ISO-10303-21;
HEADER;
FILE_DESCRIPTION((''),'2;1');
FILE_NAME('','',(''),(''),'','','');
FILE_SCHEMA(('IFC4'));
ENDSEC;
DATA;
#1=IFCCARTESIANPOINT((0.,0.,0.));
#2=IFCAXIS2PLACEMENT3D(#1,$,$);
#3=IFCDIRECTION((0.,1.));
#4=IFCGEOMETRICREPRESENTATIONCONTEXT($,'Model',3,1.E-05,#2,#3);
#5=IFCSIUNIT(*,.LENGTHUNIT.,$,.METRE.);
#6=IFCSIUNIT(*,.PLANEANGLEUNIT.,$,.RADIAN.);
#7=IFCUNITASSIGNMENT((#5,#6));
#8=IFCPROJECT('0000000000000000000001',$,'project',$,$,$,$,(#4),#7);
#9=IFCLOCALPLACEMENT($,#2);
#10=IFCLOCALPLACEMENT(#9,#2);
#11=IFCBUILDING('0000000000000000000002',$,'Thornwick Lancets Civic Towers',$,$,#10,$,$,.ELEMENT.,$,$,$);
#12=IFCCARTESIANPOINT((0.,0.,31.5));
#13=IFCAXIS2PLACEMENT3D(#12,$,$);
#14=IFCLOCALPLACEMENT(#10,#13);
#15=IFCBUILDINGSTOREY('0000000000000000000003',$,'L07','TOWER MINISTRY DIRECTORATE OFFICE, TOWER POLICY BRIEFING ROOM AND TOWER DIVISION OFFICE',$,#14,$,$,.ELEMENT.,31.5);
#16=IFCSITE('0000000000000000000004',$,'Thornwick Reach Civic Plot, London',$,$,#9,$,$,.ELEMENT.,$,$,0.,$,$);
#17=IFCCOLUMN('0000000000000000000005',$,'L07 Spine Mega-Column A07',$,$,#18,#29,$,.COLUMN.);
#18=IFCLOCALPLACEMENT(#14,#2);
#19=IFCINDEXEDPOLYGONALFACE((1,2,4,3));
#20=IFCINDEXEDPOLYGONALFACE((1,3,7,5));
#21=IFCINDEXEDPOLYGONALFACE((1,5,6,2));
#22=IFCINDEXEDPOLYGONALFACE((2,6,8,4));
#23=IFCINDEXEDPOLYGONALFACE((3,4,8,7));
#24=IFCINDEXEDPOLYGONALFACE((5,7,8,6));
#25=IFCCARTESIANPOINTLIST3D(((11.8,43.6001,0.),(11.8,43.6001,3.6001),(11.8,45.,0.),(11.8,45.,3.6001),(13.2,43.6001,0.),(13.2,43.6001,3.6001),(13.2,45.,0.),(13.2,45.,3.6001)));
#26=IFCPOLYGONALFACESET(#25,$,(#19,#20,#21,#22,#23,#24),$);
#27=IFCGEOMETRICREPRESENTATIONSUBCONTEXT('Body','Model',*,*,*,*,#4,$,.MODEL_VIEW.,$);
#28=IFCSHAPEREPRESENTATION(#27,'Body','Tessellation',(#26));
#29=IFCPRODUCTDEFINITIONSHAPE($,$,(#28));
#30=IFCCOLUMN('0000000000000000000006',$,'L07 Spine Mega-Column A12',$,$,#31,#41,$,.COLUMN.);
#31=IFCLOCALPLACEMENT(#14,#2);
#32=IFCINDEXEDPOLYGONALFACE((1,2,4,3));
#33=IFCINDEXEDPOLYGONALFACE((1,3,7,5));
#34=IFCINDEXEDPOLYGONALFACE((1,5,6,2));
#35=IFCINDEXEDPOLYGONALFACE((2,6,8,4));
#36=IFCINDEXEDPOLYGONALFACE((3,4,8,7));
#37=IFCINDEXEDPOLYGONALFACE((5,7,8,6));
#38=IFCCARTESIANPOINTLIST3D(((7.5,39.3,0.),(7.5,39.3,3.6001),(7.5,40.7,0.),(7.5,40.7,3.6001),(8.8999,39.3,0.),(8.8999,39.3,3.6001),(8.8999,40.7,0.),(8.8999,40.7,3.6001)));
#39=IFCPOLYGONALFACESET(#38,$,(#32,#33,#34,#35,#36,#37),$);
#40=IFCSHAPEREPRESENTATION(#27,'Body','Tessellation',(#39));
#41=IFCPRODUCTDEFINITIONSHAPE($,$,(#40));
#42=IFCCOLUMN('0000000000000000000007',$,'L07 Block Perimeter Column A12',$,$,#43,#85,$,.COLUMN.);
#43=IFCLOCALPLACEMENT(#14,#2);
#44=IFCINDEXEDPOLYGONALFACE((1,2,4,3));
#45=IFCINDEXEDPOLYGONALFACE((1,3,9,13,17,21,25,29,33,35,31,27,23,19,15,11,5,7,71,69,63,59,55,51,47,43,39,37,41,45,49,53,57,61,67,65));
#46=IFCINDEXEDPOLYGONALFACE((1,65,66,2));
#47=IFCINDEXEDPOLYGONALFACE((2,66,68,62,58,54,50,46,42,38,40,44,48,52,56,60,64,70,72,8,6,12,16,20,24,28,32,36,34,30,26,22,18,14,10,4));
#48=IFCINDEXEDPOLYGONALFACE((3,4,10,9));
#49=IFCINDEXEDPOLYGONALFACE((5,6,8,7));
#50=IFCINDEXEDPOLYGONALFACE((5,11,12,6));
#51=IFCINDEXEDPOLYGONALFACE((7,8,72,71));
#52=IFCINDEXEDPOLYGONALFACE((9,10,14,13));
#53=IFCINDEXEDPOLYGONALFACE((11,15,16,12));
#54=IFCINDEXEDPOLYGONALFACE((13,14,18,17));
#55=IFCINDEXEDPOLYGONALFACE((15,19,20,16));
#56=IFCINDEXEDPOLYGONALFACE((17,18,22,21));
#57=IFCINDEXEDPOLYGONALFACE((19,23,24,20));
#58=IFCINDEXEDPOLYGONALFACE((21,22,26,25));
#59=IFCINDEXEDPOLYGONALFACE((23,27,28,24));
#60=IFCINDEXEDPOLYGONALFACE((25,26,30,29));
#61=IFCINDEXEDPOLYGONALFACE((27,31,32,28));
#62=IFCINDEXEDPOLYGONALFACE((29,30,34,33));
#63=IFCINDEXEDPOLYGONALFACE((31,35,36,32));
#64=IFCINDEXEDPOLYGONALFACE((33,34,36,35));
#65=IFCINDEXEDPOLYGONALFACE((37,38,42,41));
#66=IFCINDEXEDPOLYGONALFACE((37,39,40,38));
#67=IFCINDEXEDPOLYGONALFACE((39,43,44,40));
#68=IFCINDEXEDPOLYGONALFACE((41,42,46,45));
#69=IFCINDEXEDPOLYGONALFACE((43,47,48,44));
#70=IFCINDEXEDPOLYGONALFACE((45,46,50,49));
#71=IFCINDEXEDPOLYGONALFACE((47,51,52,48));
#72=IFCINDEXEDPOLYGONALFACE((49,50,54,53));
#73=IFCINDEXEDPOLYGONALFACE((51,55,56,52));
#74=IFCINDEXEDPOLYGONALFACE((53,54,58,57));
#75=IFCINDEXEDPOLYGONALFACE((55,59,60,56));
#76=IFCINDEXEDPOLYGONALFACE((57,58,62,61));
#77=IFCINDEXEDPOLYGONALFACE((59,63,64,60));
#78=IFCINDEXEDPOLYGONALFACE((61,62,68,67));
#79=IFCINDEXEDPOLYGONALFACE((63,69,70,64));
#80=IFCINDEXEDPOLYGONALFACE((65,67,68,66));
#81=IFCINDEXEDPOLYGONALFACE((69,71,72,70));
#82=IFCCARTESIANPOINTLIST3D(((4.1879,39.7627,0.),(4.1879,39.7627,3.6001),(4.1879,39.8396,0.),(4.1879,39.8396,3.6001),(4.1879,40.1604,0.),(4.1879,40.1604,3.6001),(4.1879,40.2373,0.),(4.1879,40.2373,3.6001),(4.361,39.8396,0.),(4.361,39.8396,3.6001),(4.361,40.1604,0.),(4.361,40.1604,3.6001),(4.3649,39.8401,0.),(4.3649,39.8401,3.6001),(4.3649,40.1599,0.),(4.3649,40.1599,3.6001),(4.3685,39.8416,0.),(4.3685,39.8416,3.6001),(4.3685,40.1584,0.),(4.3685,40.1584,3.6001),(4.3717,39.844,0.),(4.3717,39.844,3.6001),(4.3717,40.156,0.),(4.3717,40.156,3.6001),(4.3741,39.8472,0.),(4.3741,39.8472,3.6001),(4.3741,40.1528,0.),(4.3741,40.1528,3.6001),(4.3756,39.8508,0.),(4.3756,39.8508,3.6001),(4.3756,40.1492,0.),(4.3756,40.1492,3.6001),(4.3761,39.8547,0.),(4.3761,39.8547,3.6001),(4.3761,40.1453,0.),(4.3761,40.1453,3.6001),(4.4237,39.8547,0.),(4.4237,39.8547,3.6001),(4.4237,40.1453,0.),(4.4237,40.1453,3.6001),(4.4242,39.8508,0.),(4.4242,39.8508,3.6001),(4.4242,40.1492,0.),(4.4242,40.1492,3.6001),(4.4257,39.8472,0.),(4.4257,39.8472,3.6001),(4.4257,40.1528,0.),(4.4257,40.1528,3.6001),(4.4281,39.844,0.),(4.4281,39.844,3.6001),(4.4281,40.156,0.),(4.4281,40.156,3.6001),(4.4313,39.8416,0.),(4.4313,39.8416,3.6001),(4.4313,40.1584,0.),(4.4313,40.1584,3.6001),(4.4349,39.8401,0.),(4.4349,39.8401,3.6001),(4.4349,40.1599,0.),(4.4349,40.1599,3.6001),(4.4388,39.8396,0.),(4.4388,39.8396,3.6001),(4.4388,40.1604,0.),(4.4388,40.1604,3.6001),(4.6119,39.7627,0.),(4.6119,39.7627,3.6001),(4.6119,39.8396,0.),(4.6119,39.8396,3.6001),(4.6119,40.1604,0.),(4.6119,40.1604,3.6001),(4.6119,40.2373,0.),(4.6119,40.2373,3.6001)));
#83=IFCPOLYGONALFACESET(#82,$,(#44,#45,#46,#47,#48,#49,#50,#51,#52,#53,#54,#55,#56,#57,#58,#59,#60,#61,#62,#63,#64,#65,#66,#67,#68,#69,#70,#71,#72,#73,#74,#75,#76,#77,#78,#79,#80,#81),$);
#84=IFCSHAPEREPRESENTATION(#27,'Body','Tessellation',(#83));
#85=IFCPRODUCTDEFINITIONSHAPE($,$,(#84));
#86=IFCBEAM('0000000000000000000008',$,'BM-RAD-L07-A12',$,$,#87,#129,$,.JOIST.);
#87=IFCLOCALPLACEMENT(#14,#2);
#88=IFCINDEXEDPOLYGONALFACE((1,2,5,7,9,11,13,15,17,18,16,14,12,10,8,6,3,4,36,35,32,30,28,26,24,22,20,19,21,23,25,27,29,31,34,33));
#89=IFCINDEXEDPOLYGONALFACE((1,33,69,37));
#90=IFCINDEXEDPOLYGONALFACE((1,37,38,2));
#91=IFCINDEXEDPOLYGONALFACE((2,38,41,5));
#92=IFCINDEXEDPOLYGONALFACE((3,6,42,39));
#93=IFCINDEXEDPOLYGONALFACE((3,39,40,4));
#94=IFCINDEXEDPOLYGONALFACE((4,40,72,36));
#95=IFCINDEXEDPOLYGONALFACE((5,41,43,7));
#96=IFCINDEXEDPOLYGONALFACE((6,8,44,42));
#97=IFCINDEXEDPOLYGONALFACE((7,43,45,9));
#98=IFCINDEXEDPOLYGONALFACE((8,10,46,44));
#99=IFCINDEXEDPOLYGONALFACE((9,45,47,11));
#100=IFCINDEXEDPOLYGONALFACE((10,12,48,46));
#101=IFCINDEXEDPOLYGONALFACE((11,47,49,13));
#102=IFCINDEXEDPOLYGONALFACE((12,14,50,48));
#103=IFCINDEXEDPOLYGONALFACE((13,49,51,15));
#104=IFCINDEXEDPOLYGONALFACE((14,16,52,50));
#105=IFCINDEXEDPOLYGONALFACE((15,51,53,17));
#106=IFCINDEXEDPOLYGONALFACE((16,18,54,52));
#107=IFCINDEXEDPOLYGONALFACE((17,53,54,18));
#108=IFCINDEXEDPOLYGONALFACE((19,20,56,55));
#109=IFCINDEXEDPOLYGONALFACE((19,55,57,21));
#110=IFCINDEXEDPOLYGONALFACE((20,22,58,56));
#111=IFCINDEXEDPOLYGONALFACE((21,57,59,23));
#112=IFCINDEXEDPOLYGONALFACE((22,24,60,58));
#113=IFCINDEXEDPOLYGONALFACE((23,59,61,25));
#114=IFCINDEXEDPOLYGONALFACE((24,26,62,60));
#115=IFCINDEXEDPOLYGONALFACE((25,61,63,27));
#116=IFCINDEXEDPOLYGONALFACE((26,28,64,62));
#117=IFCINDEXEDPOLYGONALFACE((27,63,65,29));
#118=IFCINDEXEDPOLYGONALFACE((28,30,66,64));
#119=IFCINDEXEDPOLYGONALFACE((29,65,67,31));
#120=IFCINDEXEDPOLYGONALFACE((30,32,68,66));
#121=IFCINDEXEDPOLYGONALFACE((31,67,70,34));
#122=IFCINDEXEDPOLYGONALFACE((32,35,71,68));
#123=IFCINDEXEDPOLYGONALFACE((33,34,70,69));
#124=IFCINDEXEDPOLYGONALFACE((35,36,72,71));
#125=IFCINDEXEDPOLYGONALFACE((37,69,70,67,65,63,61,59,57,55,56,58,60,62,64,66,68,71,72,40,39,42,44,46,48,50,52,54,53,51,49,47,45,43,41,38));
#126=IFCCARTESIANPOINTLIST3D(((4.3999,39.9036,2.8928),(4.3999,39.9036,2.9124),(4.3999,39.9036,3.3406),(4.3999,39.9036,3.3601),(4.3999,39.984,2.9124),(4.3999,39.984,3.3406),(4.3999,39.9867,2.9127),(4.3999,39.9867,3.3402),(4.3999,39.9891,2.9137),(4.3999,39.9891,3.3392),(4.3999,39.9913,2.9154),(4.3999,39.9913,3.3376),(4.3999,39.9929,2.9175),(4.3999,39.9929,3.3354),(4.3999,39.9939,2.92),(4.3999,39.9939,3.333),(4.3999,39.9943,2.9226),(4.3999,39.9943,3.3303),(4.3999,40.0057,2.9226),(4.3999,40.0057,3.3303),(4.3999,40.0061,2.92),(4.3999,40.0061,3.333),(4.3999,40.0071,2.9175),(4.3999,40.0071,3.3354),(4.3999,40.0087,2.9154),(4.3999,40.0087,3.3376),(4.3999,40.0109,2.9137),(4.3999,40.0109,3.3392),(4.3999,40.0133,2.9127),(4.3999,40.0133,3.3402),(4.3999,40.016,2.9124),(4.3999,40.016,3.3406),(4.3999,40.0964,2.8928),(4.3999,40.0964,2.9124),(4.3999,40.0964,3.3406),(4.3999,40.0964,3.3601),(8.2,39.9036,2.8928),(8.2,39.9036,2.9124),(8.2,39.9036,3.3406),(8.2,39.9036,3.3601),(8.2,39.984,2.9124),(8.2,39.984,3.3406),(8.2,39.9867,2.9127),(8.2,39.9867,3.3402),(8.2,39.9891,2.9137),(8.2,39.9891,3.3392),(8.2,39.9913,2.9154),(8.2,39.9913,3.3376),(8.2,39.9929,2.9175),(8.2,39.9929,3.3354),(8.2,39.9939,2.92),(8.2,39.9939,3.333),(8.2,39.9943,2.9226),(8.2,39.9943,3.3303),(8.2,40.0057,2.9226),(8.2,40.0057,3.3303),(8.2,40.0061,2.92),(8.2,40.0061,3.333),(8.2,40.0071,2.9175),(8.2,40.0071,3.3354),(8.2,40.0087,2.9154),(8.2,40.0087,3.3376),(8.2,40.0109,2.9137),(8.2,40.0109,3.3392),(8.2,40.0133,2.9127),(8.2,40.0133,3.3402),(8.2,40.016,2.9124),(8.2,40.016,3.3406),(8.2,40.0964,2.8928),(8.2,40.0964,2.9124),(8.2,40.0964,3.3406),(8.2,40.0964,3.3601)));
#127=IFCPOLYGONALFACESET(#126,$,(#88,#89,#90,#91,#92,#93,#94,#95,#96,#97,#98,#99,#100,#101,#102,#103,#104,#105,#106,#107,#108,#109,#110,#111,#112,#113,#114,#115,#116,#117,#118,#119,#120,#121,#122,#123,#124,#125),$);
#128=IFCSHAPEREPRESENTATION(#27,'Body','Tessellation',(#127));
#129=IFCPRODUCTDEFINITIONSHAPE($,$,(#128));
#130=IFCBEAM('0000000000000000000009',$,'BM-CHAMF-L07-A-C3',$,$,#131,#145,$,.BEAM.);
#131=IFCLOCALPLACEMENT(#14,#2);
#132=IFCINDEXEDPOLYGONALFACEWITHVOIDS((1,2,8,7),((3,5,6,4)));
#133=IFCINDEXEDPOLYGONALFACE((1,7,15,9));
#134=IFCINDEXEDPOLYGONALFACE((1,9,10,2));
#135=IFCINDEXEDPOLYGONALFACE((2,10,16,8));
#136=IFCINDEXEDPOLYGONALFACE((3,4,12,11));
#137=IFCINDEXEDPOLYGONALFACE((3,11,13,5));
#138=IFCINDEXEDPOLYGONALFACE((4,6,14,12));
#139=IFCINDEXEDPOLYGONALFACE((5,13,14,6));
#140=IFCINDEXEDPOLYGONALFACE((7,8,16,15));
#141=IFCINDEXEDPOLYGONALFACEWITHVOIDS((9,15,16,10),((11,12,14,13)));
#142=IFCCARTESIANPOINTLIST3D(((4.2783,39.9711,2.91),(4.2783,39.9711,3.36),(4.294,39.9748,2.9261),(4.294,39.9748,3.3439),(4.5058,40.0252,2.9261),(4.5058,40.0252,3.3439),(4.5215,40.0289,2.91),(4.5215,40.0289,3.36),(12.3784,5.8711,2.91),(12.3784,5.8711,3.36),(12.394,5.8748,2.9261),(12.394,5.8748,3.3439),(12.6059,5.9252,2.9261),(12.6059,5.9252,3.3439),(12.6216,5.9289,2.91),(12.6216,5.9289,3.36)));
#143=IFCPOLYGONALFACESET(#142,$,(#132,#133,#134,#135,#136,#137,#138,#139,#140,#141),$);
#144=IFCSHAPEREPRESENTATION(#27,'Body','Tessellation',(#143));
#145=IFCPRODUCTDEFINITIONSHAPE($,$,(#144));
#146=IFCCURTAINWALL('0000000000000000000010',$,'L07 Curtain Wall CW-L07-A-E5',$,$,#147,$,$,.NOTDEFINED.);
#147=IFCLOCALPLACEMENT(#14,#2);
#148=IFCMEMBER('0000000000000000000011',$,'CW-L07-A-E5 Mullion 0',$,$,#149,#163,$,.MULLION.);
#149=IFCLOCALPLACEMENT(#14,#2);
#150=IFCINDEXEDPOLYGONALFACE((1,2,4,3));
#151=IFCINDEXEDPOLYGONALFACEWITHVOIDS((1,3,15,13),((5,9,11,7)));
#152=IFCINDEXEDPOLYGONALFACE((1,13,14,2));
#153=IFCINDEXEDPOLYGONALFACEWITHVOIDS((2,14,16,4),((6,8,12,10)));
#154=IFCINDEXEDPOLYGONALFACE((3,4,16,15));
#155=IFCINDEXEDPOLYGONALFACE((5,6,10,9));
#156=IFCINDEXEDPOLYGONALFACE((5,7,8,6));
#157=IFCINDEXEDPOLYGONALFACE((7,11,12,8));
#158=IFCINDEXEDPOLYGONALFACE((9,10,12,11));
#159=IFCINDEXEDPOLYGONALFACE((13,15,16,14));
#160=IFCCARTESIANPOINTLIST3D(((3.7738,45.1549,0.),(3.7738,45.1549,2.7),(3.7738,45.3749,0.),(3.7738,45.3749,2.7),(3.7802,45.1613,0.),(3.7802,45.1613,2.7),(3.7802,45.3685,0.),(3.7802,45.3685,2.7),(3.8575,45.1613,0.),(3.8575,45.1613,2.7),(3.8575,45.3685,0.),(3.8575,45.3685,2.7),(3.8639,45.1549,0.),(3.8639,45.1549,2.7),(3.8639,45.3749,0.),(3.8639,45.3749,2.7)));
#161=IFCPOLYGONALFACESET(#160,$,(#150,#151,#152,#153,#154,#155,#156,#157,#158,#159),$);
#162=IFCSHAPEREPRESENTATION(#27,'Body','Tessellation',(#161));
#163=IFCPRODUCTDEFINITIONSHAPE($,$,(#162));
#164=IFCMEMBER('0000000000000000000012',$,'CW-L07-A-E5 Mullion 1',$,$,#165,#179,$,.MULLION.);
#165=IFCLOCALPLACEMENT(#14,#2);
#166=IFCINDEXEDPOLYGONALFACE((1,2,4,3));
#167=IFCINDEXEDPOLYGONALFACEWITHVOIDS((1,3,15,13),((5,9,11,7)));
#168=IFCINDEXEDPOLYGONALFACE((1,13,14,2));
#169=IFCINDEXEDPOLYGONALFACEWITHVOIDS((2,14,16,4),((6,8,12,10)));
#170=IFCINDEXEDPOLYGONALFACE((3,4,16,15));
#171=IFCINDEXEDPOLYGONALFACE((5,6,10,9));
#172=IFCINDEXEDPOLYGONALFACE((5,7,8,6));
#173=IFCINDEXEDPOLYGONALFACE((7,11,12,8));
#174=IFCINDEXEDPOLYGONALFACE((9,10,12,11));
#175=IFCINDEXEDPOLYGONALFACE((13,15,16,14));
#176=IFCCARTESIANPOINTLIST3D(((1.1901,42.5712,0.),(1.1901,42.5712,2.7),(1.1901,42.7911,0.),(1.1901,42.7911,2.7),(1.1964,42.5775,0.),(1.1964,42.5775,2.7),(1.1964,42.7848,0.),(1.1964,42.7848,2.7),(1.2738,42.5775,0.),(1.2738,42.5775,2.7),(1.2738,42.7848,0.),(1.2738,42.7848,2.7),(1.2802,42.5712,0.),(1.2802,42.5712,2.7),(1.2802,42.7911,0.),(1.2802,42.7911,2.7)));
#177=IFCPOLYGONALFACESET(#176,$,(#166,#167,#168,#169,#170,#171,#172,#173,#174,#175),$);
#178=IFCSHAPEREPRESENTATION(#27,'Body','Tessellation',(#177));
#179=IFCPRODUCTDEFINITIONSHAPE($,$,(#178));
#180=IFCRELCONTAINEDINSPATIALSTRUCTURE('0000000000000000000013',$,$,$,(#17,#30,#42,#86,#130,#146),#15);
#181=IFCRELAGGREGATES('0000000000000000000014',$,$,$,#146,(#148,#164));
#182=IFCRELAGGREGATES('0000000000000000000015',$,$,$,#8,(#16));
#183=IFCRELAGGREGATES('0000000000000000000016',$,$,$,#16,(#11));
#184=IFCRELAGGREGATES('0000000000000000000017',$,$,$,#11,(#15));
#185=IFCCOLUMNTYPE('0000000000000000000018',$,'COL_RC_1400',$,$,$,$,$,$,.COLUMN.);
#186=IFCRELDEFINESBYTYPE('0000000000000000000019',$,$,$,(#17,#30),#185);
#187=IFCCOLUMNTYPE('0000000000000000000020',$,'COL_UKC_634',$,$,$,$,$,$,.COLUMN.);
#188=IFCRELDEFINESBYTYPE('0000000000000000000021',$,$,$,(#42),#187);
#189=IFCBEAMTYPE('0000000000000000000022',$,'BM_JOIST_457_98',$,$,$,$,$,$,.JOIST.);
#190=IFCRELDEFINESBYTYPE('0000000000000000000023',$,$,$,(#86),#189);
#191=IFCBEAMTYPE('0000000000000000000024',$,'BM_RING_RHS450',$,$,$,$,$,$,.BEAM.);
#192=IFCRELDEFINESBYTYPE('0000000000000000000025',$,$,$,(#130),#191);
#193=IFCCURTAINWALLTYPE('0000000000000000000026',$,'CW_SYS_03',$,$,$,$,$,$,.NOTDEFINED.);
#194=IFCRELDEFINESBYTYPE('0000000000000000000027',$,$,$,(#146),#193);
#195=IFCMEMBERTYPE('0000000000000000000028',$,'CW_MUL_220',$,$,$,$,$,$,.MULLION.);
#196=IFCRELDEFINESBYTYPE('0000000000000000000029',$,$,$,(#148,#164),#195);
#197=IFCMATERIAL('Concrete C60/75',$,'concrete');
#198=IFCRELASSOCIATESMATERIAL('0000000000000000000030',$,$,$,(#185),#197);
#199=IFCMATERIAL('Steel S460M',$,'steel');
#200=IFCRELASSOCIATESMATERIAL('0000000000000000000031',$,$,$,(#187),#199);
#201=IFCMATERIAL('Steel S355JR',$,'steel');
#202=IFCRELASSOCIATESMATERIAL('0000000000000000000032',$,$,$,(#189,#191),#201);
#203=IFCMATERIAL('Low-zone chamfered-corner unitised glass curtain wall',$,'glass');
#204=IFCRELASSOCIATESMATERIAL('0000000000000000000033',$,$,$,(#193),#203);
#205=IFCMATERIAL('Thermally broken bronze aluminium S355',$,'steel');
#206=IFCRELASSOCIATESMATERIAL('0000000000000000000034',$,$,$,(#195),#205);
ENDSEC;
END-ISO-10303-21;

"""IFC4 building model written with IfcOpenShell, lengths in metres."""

from ifc_helpers import new_model, si_unit, direction, frame, origin, origin_2d, place, context, subcontext, project, spatial, rectangle, hollow_rectangle, i_section, extrude, material, material_profile, profile_set, type_object, element, aggregate, save


model = new_model("IFC4")

# Units and contexts
model_context = context("Model", 3, precision=1e-05, world=origin(), true_north=direction((0.0, 1.0)))
body_context = subcontext(model_context, "Body", "Model", "MODEL_VIEW")
ifc_project = project(units=[si_unit("LENGTHUNIT", "METRE"), si_unit("PLANEANGLEUNIT", "RADIAN")], contexts=[model_context])

# Site, building, storey
site_placement = place(None, origin())
site = spatial("IfcSite", under=ifc_project, at=site_placement, Name="Thornwick Reach Civic Plot, London", CompositionType="ELEMENT", RefElevation=0.0)
building_placement = place(site_placement, origin())
building = spatial("IfcBuilding", under=site, at=building_placement, Name="Thornwick Lancets Civic Towers", CompositionType="ELEMENT")
storey_placement = place(building_placement, frame((0.0, 0.0, 31.5)))
storey = spatial("IfcBuildingStorey", under=building, at=storey_placement, Name="L07", Description="TOWER MINISTRY DIRECTORATE OFFICE, TOWER POLICY BRIEFING ROOM AND TOWER DIVISION OFFICE", CompositionType="ELEMENT", Elevation=31.5)

# Columns
ifc_material_1 = material(Name="Concrete C60/75", Category="concrete")
ifc_material_profile_1 = material_profile(ifc_material_1, rectangle(XDim=1.3999, YDim=1.3999, at=origin_2d()), Name="RC 1400x1400")
ifc_profile_set_1 = profile_set([ifc_material_profile_1], Name="Concrete C60/75")
column_type_1 = type_object("IfcColumnType", Name="COL_RC_1400", PredefinedType="COLUMN", material=ifc_profile_set_1)
for number, where, z_axis, x_axis, name in (
    (1, (12.5, 44.3, 0.0), (0.0, 0.0, 1.0), (1.0, 0.0, 0.0), "L07 Spine Mega-Column A07"),
    (2, (8.2, 40.0, 0.0), (0.0, 0.0, 1.0), (1.0, 0.0, 0.0), "L07 Spine Mega-Column A12"),
):
    element("IfcColumn", number, at=place(storey_placement, frame(where, z_axis=z_axis, x_axis=x_axis)), inside=storey, type_object=column_type_1, Name=name, PredefinedType="COLUMN", context=body_context, shape_type="SweptSolid", body=[
        extrude(rectangle(XDim=1.3999, YDim=1.3999, at=origin_2d()), origin(), (0.0, 0.0, 1.0), 3.6001),
    ])
ifc_material_2 = material(Name="Steel S460M", Category="steel")
ifc_material_profile_2 = material_profile(ifc_material_2, i_section(OverallWidth=0.4241, OverallDepth=0.4746, WebThickness=0.0476, FlangeThickness=0.0769, FilletRadius=0.0151, at=origin_2d()), Name="UKC 356x406x634")
ifc_profile_set_2 = profile_set([ifc_material_profile_2], Name="Steel S460M")
column_type_2 = type_object("IfcColumnType", Name="COL_UKC_634", PredefinedType="COLUMN", material=ifc_profile_set_2)
column_placement = place(storey_placement, frame((4.3999, 40.0, 0.0), z_axis=(0.0, 0.0, 1.0), x_axis=(1.0, 0.0, 0.0)))
element("IfcColumn", 3, at=column_placement, inside=storey, type_object=column_type_2, Name="L07 Block Perimeter Column A12", PredefinedType="COLUMN", context=body_context, shape_type="SweptSolid", body=[
    extrude(i_section(OverallWidth=0.4241, OverallDepth=0.4746, WebThickness=0.0476, FlangeThickness=0.0769, FilletRadius=0.0151, at=origin_2d()), origin(), (0.0, 0.0, 1.0), 3.6001),
])

# Beams
ifc_material_3 = material(Name="Steel S355JR", Category="steel")
ifc_material_profile_3 = material_profile(ifc_material_3, i_section(OverallWidth=0.1929, OverallDepth=0.4673, WebThickness=0.0115, FlangeThickness=0.0195, FilletRadius=0.0103, at=origin_2d()), Name="UKB 457x191x98")
ifc_profile_set_3 = profile_set([ifc_material_profile_3], Name="Steel S355JR")
beam_type_1 = type_object("IfcBeamType", Name="BM_JOIST_457_98", PredefinedType="JOIST", material=ifc_profile_set_3)
beam_1_placement = place(storey_placement, frame((8.2, 40.0, 3.1265), z_axis=(-1.0, 0.0, 0.0), x_axis=(0.0, -1.0, 0.0)))
element("IfcBeam", 4, at=beam_1_placement, inside=storey, type_object=beam_type_1, Name="BM-RAD-L07-A12", PredefinedType="JOIST", context=body_context, shape_type="SweptSolid", body=[
    extrude(i_section(OverallWidth=0.1929, OverallDepth=0.4673, WebThickness=0.0115, FlangeThickness=0.0195, FilletRadius=0.0103, at=origin_2d()), origin(), (0.0, 0.0, 1.0), 3.8),
])
ifc_material_profile_4 = material_profile(ifc_material_3, hollow_rectangle(XDim=0.25, YDim=0.45, WallThickness=0.0161, at=origin_2d()), Name="RHS 450x250x16")
ifc_profile_set_4 = profile_set([ifc_material_profile_4], Name="Steel S355JR")
beam_type_2 = type_object("IfcBeamType", Name="BM_RING_RHS450", PredefinedType="BEAM", material=ifc_profile_set_4)
beam_2_placement = place(storey_placement, frame((4.3999, 40.0, 3.135), z_axis=(0.231108, -0.972928, 0.0), x_axis=(0.972928, 0.231108, 0.0)))
element("IfcBeam", 5, at=beam_2_placement, inside=storey, type_object=beam_type_2, Name="BM-CHAMF-L07-A-C3", PredefinedType="BEAM", context=body_context, shape_type="SweptSolid", body=[
    extrude(hollow_rectangle(XDim=0.25, YDim=0.45, WallThickness=0.0161, at=origin_2d()), origin(), (0.0, 0.0, 1.0), 35.0488),
])

# Curtain wall, members
ifc_material_4 = material(Name="Low-zone chamfered-corner unitised glass curtain wall", Category="glass")
curtain_wall_type = type_object("IfcCurtainWallType", Name="CW_SYS_03", PredefinedType="NOTDEFINED", material=ifc_material_4)
curtain_wall_placement = place(storey_placement, origin())
curtain_wall = element("IfcCurtainWall", 6, at=curtain_wall_placement, inside=storey, type_object=curtain_wall_type, Name="L07 Curtain Wall CW-L07-A-E5", PredefinedType="NOTDEFINED")
ifc_material_5 = material(Name="Thermally broken bronze aluminium S355", Category="steel")
ifc_material_profile_5 = material_profile(ifc_material_5, hollow_rectangle(XDim=0.0901, YDim=0.22, WallThickness=0.0063, at=origin_2d()), Name="RHS 220x90x6.3")
ifc_profile_set_5 = profile_set([ifc_material_profile_5], Name="Thermally broken bronze aluminium S355")
member_type_1 = type_object("IfcMemberType", Name="CW_MUL_220", PredefinedType="MULLION", material=ifc_profile_set_5)
member_1_placement = place(storey_placement, frame((3.8188, 45.2649, 0.0), z_axis=(0.0, 0.0, 1.0), x_axis=(1.0, 0.0, 0.0)))
member_1 = element("IfcMember", 7, at=member_1_placement, type_object=member_type_1, Name="CW-L07-A-E5 Mullion 0", PredefinedType="MULLION", context=body_context, shape_type="SweptSolid", body=[
    extrude(hollow_rectangle(XDim=0.0901, YDim=0.22, WallThickness=0.0063, at=origin_2d()), origin(), (0.0, 0.0, 1.0), 2.7),
])
member_2_placement = place(storey_placement, frame((1.2351, 42.6812, 0.0), z_axis=(0.0, 0.0, 1.0), x_axis=(1.0, 0.0, 0.0)))
member_2 = element("IfcMember", 8, at=member_2_placement, type_object=member_type_1, Name="CW-L07-A-E5 Mullion 1", PredefinedType="MULLION", context=body_context, shape_type="SweptSolid", body=[
    extrude(hollow_rectangle(XDim=0.0901, YDim=0.22, WallThickness=0.0063, at=origin_2d()), origin(), (0.0, 0.0, 1.0), 2.7),
])
aggregate(curtain_wall, [member_1, member_2])

save(model, "model.ifc")
